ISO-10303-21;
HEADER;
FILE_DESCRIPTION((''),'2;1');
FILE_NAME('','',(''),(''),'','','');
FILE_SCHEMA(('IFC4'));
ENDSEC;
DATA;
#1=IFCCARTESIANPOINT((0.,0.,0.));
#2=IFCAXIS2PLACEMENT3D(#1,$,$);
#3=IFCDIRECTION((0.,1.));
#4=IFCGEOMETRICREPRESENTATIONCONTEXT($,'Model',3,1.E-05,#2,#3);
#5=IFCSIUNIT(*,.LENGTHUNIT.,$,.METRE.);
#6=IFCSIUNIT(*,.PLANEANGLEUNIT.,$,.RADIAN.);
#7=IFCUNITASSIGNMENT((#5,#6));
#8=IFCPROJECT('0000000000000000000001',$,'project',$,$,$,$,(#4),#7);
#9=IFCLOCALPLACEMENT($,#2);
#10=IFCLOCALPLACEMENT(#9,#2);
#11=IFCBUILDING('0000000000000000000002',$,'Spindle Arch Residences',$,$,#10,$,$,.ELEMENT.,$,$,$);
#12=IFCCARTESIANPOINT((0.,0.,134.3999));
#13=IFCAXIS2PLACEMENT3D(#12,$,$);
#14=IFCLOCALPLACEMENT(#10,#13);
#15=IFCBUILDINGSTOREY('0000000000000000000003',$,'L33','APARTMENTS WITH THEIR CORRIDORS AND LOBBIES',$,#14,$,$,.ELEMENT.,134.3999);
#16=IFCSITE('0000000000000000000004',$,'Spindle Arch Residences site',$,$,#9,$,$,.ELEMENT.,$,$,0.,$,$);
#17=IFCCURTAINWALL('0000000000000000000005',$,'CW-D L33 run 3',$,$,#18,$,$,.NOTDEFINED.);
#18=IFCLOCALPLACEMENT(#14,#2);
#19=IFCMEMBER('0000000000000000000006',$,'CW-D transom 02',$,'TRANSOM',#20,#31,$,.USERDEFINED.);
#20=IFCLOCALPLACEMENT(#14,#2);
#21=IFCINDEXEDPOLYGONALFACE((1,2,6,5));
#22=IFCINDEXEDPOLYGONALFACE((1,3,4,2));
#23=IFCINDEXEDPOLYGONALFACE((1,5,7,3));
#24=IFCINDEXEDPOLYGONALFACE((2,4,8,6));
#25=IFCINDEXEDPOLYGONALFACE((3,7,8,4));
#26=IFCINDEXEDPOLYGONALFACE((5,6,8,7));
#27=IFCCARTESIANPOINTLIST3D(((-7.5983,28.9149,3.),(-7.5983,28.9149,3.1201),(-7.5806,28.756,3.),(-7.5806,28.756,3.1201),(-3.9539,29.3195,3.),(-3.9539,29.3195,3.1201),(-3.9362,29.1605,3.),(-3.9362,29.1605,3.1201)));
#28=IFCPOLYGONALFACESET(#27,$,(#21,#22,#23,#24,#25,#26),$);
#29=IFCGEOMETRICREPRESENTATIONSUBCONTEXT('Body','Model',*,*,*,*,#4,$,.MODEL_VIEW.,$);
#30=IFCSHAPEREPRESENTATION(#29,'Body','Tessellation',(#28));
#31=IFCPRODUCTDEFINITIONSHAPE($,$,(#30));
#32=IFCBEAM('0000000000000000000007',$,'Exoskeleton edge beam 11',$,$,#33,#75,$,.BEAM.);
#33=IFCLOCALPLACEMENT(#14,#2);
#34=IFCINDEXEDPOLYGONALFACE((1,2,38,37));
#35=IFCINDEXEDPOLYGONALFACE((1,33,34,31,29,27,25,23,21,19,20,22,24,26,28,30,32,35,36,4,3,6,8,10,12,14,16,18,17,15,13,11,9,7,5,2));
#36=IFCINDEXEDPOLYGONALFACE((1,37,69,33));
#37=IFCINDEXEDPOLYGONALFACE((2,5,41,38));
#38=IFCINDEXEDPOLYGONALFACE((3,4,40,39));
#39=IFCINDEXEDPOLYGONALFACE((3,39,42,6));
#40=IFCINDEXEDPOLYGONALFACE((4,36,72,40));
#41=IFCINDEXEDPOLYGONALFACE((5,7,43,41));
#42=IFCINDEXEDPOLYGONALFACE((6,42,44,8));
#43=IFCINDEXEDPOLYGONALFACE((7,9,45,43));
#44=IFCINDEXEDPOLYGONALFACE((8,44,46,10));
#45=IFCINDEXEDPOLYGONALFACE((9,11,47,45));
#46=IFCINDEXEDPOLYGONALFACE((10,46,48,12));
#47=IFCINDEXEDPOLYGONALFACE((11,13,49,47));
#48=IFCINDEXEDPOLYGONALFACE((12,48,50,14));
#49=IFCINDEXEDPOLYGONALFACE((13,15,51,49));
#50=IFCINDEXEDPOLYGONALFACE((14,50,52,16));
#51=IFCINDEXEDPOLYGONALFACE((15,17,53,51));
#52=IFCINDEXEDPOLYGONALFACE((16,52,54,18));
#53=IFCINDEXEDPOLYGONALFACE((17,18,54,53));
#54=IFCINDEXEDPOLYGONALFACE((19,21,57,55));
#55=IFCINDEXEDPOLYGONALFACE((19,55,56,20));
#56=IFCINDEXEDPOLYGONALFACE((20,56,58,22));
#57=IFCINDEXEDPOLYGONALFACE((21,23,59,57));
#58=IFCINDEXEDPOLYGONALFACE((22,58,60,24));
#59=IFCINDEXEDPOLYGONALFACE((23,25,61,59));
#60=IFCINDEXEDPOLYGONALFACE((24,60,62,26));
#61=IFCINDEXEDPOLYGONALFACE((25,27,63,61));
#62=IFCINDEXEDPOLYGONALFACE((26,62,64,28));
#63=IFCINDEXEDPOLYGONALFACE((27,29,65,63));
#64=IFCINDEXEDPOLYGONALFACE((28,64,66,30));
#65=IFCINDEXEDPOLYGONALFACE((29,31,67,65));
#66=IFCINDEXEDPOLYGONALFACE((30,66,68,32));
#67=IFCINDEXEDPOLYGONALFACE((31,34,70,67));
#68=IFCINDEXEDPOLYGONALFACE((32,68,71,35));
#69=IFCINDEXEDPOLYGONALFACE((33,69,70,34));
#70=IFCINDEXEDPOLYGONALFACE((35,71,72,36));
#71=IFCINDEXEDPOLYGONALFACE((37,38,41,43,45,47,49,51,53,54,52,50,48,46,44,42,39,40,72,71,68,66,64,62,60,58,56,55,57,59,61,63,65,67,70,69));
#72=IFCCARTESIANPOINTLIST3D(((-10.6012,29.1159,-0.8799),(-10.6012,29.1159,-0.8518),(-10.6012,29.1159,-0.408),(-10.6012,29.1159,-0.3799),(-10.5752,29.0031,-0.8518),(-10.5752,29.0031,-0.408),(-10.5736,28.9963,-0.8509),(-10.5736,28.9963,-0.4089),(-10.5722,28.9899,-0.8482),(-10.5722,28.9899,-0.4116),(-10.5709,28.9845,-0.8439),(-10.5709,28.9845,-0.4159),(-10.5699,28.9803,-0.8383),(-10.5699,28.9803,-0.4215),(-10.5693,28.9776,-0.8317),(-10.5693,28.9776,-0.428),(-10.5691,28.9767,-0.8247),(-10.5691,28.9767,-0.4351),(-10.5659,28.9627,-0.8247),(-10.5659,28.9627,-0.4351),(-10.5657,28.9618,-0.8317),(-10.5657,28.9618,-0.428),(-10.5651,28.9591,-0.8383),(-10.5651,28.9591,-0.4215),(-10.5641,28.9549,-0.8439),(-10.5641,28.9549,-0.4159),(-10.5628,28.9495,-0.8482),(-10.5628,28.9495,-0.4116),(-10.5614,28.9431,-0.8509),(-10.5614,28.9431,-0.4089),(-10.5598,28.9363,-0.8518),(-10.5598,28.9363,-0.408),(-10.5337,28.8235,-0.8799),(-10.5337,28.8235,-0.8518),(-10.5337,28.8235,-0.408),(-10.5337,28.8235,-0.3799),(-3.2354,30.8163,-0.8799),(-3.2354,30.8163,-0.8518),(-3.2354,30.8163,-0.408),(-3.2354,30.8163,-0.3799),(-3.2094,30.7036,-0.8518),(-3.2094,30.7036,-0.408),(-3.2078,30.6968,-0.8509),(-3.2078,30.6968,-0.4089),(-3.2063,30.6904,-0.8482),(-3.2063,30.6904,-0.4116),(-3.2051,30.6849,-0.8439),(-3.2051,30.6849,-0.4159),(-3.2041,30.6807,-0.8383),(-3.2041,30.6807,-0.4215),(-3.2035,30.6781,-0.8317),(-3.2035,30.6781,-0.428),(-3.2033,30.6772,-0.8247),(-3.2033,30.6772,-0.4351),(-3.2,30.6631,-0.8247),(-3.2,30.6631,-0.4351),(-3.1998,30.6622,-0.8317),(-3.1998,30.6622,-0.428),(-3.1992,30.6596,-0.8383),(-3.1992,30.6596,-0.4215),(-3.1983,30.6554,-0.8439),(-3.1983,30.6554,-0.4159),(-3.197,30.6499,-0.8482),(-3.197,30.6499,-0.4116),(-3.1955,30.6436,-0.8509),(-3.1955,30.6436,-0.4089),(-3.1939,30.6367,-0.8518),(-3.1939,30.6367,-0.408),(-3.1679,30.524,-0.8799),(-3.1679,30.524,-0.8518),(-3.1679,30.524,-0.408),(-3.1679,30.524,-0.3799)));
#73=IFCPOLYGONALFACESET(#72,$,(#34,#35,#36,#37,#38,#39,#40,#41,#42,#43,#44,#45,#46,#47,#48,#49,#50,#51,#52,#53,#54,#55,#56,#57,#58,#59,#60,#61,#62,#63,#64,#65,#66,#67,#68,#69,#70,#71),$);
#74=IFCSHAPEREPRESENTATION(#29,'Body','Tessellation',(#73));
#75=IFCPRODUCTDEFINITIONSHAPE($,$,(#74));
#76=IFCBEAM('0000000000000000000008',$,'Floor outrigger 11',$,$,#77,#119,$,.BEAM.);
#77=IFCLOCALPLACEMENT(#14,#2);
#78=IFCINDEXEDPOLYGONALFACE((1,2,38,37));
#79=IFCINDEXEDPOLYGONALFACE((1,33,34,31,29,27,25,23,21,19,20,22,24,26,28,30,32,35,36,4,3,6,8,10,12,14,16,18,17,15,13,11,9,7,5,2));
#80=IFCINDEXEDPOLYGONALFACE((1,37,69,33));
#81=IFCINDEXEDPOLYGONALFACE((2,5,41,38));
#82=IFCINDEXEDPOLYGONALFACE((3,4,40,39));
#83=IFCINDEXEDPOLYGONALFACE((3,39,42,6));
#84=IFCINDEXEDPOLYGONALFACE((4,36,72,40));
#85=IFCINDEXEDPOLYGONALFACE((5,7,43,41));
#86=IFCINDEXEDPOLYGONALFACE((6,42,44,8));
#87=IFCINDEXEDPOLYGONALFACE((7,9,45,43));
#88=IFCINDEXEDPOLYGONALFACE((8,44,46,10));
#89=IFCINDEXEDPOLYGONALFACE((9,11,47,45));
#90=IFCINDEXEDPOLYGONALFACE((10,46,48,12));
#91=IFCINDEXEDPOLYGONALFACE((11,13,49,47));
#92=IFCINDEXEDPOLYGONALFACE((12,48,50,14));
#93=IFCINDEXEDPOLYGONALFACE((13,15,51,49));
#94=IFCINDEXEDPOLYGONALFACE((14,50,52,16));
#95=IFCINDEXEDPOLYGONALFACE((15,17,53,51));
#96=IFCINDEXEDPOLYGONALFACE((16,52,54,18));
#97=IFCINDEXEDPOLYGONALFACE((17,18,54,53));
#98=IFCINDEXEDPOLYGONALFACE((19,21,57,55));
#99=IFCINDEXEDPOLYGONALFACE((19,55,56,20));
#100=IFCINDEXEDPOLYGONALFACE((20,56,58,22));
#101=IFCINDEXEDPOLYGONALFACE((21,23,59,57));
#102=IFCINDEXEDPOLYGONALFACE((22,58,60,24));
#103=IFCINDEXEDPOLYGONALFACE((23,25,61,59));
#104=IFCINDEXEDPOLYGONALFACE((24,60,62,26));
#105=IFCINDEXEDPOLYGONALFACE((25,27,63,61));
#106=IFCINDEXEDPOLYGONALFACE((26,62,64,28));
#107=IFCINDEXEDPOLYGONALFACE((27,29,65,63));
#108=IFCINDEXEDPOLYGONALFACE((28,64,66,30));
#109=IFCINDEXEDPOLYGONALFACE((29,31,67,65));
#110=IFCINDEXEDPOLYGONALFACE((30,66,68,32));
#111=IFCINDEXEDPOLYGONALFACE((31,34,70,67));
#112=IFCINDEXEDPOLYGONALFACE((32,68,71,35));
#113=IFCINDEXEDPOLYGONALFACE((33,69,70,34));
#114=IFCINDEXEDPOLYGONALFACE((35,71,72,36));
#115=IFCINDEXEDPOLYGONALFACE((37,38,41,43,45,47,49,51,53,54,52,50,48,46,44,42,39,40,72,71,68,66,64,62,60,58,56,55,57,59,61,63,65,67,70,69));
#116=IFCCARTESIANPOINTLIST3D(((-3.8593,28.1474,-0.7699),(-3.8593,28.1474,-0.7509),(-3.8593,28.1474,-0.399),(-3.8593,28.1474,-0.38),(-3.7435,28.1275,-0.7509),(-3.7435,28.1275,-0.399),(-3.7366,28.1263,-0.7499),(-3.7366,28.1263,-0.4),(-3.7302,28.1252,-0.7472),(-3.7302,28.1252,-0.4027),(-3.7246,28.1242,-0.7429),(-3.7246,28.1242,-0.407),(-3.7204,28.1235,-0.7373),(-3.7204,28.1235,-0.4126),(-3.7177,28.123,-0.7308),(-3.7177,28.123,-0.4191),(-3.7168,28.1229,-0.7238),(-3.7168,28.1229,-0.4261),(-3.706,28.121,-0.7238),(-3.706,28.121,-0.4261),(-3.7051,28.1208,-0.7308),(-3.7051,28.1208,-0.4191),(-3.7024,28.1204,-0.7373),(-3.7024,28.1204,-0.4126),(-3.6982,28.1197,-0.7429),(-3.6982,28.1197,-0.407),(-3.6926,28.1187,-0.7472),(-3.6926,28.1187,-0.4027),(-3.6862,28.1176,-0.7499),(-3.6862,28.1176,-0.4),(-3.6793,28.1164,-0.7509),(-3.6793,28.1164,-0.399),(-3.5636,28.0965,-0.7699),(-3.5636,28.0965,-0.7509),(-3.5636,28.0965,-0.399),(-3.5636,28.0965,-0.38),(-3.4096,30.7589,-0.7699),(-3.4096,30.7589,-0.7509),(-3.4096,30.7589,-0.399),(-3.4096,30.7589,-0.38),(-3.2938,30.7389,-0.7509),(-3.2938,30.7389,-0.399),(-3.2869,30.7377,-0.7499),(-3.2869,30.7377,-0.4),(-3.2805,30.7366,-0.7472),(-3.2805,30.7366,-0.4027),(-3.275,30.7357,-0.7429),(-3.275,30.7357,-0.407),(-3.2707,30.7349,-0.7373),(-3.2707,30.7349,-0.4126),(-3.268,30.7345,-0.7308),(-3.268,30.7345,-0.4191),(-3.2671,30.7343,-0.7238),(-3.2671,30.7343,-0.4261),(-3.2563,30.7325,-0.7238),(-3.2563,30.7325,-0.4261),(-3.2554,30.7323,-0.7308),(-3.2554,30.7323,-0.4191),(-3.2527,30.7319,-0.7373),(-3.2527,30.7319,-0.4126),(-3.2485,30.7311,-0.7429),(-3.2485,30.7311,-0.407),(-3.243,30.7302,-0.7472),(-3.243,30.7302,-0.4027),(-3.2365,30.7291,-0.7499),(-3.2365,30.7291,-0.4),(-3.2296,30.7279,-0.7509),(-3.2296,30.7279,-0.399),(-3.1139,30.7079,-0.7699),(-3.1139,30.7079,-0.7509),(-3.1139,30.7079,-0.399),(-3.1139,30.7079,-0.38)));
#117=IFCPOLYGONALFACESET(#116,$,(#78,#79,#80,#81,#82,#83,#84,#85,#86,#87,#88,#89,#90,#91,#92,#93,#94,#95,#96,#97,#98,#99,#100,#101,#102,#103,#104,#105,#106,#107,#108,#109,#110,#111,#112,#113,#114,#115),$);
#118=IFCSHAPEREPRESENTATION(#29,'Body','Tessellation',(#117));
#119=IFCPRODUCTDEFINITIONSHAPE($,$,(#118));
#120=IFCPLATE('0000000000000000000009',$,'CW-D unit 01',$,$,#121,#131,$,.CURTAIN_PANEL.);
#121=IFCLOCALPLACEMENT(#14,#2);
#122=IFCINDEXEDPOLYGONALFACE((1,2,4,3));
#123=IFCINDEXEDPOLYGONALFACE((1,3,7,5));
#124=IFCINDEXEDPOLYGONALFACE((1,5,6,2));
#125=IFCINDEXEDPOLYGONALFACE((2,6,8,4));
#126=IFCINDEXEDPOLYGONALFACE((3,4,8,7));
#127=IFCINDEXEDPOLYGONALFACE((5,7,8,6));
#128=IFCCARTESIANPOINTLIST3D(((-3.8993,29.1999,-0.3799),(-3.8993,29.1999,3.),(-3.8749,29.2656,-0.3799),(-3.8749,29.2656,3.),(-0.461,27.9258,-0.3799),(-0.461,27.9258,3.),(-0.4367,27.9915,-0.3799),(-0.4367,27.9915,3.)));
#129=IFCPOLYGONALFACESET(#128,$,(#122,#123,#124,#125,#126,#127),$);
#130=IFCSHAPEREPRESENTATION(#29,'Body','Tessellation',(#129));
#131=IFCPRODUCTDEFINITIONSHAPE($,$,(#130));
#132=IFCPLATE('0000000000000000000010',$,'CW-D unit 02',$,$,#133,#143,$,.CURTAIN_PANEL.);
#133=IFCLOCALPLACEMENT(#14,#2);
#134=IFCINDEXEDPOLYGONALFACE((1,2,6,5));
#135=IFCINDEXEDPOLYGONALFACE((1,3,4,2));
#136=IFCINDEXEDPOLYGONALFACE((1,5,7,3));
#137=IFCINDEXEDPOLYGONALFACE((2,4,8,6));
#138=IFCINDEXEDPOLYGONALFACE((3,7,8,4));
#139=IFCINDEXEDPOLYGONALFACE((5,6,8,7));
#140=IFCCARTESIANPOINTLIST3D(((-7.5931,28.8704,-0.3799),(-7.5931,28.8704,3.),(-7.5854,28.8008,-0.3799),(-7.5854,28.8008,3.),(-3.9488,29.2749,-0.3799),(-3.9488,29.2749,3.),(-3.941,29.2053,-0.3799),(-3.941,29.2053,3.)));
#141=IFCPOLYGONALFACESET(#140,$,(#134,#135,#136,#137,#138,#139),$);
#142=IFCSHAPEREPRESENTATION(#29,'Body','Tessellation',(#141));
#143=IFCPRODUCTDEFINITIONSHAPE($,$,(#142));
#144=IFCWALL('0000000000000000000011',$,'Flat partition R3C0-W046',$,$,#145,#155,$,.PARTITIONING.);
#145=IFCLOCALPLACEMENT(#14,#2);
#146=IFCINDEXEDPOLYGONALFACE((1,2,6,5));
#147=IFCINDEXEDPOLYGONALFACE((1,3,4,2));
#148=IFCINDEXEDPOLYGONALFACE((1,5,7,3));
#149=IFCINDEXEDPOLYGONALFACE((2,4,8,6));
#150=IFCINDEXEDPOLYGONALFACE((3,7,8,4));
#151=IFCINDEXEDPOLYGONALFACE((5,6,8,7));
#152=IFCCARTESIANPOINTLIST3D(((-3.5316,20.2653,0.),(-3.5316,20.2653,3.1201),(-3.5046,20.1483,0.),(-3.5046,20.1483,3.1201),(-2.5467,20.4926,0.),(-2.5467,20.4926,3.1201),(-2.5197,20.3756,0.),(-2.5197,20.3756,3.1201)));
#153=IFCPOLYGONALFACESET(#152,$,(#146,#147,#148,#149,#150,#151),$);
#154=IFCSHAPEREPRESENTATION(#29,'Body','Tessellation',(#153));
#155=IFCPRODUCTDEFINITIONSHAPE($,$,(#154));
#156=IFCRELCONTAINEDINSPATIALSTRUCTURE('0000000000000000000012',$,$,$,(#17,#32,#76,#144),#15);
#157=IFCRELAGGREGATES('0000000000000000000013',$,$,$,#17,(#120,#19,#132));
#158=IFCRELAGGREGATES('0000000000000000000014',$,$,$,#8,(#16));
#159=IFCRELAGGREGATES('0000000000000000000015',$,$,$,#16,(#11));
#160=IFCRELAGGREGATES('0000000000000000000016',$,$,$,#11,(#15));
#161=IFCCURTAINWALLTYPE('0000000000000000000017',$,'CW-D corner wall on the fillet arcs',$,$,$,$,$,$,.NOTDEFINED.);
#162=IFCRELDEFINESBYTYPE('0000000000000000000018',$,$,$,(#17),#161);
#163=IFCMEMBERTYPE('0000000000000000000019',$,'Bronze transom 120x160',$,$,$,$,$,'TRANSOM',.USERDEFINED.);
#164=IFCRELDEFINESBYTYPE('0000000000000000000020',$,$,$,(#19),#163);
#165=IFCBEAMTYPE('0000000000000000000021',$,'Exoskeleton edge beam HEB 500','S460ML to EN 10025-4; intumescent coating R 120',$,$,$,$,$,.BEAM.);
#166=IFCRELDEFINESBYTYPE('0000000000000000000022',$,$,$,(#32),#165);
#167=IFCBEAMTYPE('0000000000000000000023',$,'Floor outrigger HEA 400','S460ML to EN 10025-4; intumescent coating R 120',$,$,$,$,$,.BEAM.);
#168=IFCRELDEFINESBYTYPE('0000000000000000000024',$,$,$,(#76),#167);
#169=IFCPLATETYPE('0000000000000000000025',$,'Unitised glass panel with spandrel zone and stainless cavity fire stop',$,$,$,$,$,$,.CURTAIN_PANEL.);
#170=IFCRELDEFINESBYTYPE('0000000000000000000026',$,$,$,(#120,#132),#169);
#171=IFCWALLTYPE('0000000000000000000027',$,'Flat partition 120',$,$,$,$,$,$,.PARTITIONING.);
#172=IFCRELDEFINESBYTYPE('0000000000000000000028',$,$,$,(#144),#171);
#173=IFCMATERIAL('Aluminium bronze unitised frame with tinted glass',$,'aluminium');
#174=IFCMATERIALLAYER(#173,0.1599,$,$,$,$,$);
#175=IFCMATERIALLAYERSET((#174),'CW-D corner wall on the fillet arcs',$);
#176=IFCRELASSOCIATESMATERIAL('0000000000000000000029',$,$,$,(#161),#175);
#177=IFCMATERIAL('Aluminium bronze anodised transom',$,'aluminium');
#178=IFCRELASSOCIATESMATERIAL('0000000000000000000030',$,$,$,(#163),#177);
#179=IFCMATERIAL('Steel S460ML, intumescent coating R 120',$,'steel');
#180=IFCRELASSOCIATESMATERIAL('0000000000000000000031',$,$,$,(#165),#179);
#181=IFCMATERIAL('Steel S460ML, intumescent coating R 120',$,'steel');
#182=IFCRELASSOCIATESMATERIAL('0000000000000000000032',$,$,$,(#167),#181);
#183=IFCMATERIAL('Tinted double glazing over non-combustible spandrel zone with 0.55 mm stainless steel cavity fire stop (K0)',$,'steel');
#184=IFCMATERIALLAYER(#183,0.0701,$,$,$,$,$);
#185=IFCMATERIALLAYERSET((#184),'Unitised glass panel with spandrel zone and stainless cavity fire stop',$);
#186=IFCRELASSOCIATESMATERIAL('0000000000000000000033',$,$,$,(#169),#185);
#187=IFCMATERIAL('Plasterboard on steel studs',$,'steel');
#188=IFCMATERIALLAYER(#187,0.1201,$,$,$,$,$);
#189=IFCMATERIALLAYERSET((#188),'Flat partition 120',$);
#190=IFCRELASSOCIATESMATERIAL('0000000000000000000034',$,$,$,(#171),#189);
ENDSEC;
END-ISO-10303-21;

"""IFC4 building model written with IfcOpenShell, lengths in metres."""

from ifc_helpers import new_model, si_unit, direction, frame, frame_2d, origin, origin_2d, place, context, subcontext, project, spatial, rectangle, i_section, extrude, material, layer, layer_set, material_profile, profile_set, type_object, element, aggregate, save


model = new_model("IFC4")

# Units and contexts
model_context = context("Model", 3, precision=1e-05, world=origin(), true_north=direction((0.0, 1.0)))
body_context = subcontext(model_context, "Body", "Model", "MODEL_VIEW")
ifc_project = project(units=[si_unit("LENGTHUNIT", "METRE"), si_unit("PLANEANGLEUNIT", "RADIAN")], contexts=[model_context])

# Site, building, storey
site_placement = place(None, origin())
site = spatial("IfcSite", under=ifc_project, at=site_placement, Name="Spindle Arch Residences site", CompositionType="ELEMENT", RefElevation=0.0)
building_placement = place(site_placement, origin())
building = spatial("IfcBuilding", under=site, at=building_placement, Name="Spindle Arch Residences", CompositionType="ELEMENT")
storey_placement = place(building_placement, frame((0.0, 0.0, 134.3999)))
storey = spatial("IfcBuildingStorey", under=building, at=storey_placement, Name="L33", Description="APARTMENTS WITH THEIR CORRIDORS AND LOBBIES", CompositionType="ELEMENT", Elevation=134.3999)

# Curtain wall, member
ifc_material_1 = material(Name="Aluminium bronze unitised frame with tinted glass", Category="aluminium")
ifc_layer_1 = layer(ifc_material_1, 0.1599)
ifc_layer_set_1 = layer_set([ifc_layer_1], Name="CW-D corner wall on the fillet arcs")
curtain_wall_type = type_object("IfcCurtainWallType", Name="CW-D corner wall on the fillet arcs", PredefinedType="NOTDEFINED", material=ifc_layer_set_1)
curtain_wall_placement = place(storey_placement, origin())
curtain_wall = element("IfcCurtainWall", 1, at=curtain_wall_placement, inside=storey, type_object=curtain_wall_type, Name="CW-D L33 run 3", PredefinedType="NOTDEFINED")
ifc_material_2 = material(Name="Aluminium bronze anodised transom", Category="aluminium")
ifc_material_profile_1 = material_profile(ifc_material_2, rectangle(XDim=0.1599, YDim=0.1201, at=origin_2d()), Name="TR 120x160")
ifc_profile_set_1 = profile_set([ifc_material_profile_1], Name="Aluminium bronze anodised transom")
member_type_1 = type_object("IfcMemberType", Name="Bronze transom 120x160", ElementType="TRANSOM", PredefinedType="USERDEFINED", material=ifc_profile_set_1)
member_1_placement = place(storey_placement, frame((-3.9451, 29.24, 3.0601), z_axis=(-0.993895, -0.110329, 0.0), x_axis=(0.110329, -0.993895, 0.0)))
member_1 = element("IfcMember", 2, at=member_1_placement, type_object=member_type_1, Name="CW-D transom 02", ObjectType="TRANSOM", PredefinedType="USERDEFINED", context=body_context, shape_type="SweptSolid", body=[
    extrude(rectangle(XDim=0.1599, YDim=0.1201, at=origin_2d()), origin(), (0.0, 0.0, 1.0), 3.6667),
])

# Beams
ifc_material_3 = material(Name="Steel S460ML, intumescent coating R 120", Category="steel")
ifc_material_profile_2 = material_profile(ifc_material_3, i_section(OverallWidth=0.3, OverallDepth=0.5, WebThickness=0.0144, FlangeThickness=0.0281, FilletRadius=0.0271, at=origin_2d()), Name="HEB 500")
ifc_profile_set_2 = profile_set([ifc_material_profile_2], Name="Steel S460ML, intumescent coating R 120")
beam_type_1 = type_object("IfcBeamType", Name="Exoskeleton edge beam HEB 500", Description="S460ML to EN 10025-4; intumescent coating R 120", PredefinedType="BEAM", material=ifc_profile_set_2)
beam_1_placement = place(storey_placement, frame((-3.2017, 30.6702, -0.6299), z_axis=(-0.974372, -0.224942, 0.0), x_axis=(0.224942, -0.974372, 0.0)))
element("IfcBeam", 3, at=beam_1_placement, inside=storey, type_object=beam_type_1, Name="Exoskeleton edge beam 11", PredefinedType="BEAM", context=body_context, shape_type="SweptSolid", body=[
    extrude(i_section(OverallWidth=0.3, OverallDepth=0.5, WebThickness=0.0144, FlangeThickness=0.0281, FilletRadius=0.0271, at=origin_2d()), origin(), (0.0, 0.0, 1.0), 7.5596),
])
ifc_material_4 = material(Name="Steel S460ML, intumescent coating R 120", Category="steel")
ifc_material_profile_3 = material_profile(ifc_material_4, i_section(OverallWidth=0.3, OverallDepth=0.3899, WebThickness=0.011, FlangeThickness=0.019, FilletRadius=0.0271, at=origin_2d()), Name="HEA 400")
ifc_profile_set_3 = profile_set([ifc_material_profile_3], Name="Steel S460ML, intumescent coating R 120")
beam_type_2 = type_object("IfcBeamType", Name="Floor outrigger HEA 400", Description="S460ML to EN 10025-4; intumescent coating R 120", PredefinedType="BEAM", material=ifc_profile_set_3)
beam_2_placement = place(storey_placement, frame((-3.2617, 30.7334, -0.575), z_axis=(-0.1697, -0.985496, 0.0), x_axis=(0.985496, -0.1697, 0.0)))
element("IfcBeam", 4, at=beam_2_placement, inside=storey, type_object=beam_type_2, Name="Floor outrigger 11", PredefinedType="BEAM", context=body_context, shape_type="SweptSolid", body=[
    extrude(i_section(OverallWidth=0.3, OverallDepth=0.3899, WebThickness=0.011, FlangeThickness=0.019, FilletRadius=0.0271, at=origin_2d()), origin(), (0.0, 0.0, 1.0), 2.6499),
])

# Plates
ifc_material_5 = material(Name="Tinted double glazing over non-combustible spandrel zone with 0.55 mm stainless steel cavity fire stop (K0)", Category="steel")
ifc_layer_2 = layer(ifc_material_5, 0.0701)
ifc_layer_set_2 = layer_set([ifc_layer_2], Name="Unitised glass panel with spandrel zone and stainless cavity fire stop")
plate_type = type_object("IfcPlateType", Name="Unitised glass panel with spandrel zone and stainless cavity fire stop", PredefinedType="CURTAIN_PANEL", material=ifc_layer_set_2)
plate_1_placement = place(storey_placement, frame((-2.168, 28.5957, -0.3799), z_axis=(0.0, 0.0, 1.0), x_axis=(-0.937687, 0.347481, 0.0)))
plate_1 = element("IfcPlate", 5, at=plate_1_placement, type_object=plate_type, Name="CW-D unit 01", PredefinedType="CURTAIN_PANEL", context=body_context, shape_type="SweptSolid", body=[
    extrude(rectangle(XDim=3.6667, YDim=0.0701, at=origin_2d()), origin(), (0.0, 0.0, 1.0), 3.3799),
])
plate_2_placement = place(storey_placement, frame((-5.7671, 29.0378, -0.3799), z_axis=(0.0, 0.0, 1.0), x_axis=(-0.993897, -0.110313, 0.0)))
plate_2 = element("IfcPlate", 6, at=plate_2_placement, type_object=plate_type, Name="CW-D unit 02", PredefinedType="CURTAIN_PANEL", context=body_context, shape_type="SweptSolid", body=[
    extrude(rectangle(XDim=3.6667, YDim=0.0701, at=origin_2d()), origin(), (0.0, 0.0, 1.0), 3.3799),
])
aggregate(curtain_wall, [plate_1, member_1, plate_2])

# Wall
ifc_material_6 = material(Name="Plasterboard on steel studs", Category="steel")
ifc_layer_3 = layer(ifc_material_6, 0.1201)
ifc_layer_set_3 = layer_set([ifc_layer_3], Name="Flat partition 120")
wall_type_1 = type_object("IfcWallType", Name="Flat partition 120", PredefinedType="PARTITIONING", material=ifc_layer_set_3)
wall_1_placement = place(storey_placement, frame((-2.5332, 20.4341, 0.0), z_axis=(0.0, 0.0, 1.0), x_axis=(-0.974387, -0.224877, 0.0)))
element("IfcWall", 7, at=wall_1_placement, inside=storey, type_object=wall_type_1, Name="Flat partition R3C0-W046", PredefinedType="PARTITIONING", context=body_context, shape_type="SweptSolid", body=[
    extrude(rectangle(XDim=1.0107, YDim=0.1201, at=frame_2d((0.5054, 0.0))), origin(), (0.0, 0.0, 1.0), 3.1201),
])

save(model, "model.ifc")
